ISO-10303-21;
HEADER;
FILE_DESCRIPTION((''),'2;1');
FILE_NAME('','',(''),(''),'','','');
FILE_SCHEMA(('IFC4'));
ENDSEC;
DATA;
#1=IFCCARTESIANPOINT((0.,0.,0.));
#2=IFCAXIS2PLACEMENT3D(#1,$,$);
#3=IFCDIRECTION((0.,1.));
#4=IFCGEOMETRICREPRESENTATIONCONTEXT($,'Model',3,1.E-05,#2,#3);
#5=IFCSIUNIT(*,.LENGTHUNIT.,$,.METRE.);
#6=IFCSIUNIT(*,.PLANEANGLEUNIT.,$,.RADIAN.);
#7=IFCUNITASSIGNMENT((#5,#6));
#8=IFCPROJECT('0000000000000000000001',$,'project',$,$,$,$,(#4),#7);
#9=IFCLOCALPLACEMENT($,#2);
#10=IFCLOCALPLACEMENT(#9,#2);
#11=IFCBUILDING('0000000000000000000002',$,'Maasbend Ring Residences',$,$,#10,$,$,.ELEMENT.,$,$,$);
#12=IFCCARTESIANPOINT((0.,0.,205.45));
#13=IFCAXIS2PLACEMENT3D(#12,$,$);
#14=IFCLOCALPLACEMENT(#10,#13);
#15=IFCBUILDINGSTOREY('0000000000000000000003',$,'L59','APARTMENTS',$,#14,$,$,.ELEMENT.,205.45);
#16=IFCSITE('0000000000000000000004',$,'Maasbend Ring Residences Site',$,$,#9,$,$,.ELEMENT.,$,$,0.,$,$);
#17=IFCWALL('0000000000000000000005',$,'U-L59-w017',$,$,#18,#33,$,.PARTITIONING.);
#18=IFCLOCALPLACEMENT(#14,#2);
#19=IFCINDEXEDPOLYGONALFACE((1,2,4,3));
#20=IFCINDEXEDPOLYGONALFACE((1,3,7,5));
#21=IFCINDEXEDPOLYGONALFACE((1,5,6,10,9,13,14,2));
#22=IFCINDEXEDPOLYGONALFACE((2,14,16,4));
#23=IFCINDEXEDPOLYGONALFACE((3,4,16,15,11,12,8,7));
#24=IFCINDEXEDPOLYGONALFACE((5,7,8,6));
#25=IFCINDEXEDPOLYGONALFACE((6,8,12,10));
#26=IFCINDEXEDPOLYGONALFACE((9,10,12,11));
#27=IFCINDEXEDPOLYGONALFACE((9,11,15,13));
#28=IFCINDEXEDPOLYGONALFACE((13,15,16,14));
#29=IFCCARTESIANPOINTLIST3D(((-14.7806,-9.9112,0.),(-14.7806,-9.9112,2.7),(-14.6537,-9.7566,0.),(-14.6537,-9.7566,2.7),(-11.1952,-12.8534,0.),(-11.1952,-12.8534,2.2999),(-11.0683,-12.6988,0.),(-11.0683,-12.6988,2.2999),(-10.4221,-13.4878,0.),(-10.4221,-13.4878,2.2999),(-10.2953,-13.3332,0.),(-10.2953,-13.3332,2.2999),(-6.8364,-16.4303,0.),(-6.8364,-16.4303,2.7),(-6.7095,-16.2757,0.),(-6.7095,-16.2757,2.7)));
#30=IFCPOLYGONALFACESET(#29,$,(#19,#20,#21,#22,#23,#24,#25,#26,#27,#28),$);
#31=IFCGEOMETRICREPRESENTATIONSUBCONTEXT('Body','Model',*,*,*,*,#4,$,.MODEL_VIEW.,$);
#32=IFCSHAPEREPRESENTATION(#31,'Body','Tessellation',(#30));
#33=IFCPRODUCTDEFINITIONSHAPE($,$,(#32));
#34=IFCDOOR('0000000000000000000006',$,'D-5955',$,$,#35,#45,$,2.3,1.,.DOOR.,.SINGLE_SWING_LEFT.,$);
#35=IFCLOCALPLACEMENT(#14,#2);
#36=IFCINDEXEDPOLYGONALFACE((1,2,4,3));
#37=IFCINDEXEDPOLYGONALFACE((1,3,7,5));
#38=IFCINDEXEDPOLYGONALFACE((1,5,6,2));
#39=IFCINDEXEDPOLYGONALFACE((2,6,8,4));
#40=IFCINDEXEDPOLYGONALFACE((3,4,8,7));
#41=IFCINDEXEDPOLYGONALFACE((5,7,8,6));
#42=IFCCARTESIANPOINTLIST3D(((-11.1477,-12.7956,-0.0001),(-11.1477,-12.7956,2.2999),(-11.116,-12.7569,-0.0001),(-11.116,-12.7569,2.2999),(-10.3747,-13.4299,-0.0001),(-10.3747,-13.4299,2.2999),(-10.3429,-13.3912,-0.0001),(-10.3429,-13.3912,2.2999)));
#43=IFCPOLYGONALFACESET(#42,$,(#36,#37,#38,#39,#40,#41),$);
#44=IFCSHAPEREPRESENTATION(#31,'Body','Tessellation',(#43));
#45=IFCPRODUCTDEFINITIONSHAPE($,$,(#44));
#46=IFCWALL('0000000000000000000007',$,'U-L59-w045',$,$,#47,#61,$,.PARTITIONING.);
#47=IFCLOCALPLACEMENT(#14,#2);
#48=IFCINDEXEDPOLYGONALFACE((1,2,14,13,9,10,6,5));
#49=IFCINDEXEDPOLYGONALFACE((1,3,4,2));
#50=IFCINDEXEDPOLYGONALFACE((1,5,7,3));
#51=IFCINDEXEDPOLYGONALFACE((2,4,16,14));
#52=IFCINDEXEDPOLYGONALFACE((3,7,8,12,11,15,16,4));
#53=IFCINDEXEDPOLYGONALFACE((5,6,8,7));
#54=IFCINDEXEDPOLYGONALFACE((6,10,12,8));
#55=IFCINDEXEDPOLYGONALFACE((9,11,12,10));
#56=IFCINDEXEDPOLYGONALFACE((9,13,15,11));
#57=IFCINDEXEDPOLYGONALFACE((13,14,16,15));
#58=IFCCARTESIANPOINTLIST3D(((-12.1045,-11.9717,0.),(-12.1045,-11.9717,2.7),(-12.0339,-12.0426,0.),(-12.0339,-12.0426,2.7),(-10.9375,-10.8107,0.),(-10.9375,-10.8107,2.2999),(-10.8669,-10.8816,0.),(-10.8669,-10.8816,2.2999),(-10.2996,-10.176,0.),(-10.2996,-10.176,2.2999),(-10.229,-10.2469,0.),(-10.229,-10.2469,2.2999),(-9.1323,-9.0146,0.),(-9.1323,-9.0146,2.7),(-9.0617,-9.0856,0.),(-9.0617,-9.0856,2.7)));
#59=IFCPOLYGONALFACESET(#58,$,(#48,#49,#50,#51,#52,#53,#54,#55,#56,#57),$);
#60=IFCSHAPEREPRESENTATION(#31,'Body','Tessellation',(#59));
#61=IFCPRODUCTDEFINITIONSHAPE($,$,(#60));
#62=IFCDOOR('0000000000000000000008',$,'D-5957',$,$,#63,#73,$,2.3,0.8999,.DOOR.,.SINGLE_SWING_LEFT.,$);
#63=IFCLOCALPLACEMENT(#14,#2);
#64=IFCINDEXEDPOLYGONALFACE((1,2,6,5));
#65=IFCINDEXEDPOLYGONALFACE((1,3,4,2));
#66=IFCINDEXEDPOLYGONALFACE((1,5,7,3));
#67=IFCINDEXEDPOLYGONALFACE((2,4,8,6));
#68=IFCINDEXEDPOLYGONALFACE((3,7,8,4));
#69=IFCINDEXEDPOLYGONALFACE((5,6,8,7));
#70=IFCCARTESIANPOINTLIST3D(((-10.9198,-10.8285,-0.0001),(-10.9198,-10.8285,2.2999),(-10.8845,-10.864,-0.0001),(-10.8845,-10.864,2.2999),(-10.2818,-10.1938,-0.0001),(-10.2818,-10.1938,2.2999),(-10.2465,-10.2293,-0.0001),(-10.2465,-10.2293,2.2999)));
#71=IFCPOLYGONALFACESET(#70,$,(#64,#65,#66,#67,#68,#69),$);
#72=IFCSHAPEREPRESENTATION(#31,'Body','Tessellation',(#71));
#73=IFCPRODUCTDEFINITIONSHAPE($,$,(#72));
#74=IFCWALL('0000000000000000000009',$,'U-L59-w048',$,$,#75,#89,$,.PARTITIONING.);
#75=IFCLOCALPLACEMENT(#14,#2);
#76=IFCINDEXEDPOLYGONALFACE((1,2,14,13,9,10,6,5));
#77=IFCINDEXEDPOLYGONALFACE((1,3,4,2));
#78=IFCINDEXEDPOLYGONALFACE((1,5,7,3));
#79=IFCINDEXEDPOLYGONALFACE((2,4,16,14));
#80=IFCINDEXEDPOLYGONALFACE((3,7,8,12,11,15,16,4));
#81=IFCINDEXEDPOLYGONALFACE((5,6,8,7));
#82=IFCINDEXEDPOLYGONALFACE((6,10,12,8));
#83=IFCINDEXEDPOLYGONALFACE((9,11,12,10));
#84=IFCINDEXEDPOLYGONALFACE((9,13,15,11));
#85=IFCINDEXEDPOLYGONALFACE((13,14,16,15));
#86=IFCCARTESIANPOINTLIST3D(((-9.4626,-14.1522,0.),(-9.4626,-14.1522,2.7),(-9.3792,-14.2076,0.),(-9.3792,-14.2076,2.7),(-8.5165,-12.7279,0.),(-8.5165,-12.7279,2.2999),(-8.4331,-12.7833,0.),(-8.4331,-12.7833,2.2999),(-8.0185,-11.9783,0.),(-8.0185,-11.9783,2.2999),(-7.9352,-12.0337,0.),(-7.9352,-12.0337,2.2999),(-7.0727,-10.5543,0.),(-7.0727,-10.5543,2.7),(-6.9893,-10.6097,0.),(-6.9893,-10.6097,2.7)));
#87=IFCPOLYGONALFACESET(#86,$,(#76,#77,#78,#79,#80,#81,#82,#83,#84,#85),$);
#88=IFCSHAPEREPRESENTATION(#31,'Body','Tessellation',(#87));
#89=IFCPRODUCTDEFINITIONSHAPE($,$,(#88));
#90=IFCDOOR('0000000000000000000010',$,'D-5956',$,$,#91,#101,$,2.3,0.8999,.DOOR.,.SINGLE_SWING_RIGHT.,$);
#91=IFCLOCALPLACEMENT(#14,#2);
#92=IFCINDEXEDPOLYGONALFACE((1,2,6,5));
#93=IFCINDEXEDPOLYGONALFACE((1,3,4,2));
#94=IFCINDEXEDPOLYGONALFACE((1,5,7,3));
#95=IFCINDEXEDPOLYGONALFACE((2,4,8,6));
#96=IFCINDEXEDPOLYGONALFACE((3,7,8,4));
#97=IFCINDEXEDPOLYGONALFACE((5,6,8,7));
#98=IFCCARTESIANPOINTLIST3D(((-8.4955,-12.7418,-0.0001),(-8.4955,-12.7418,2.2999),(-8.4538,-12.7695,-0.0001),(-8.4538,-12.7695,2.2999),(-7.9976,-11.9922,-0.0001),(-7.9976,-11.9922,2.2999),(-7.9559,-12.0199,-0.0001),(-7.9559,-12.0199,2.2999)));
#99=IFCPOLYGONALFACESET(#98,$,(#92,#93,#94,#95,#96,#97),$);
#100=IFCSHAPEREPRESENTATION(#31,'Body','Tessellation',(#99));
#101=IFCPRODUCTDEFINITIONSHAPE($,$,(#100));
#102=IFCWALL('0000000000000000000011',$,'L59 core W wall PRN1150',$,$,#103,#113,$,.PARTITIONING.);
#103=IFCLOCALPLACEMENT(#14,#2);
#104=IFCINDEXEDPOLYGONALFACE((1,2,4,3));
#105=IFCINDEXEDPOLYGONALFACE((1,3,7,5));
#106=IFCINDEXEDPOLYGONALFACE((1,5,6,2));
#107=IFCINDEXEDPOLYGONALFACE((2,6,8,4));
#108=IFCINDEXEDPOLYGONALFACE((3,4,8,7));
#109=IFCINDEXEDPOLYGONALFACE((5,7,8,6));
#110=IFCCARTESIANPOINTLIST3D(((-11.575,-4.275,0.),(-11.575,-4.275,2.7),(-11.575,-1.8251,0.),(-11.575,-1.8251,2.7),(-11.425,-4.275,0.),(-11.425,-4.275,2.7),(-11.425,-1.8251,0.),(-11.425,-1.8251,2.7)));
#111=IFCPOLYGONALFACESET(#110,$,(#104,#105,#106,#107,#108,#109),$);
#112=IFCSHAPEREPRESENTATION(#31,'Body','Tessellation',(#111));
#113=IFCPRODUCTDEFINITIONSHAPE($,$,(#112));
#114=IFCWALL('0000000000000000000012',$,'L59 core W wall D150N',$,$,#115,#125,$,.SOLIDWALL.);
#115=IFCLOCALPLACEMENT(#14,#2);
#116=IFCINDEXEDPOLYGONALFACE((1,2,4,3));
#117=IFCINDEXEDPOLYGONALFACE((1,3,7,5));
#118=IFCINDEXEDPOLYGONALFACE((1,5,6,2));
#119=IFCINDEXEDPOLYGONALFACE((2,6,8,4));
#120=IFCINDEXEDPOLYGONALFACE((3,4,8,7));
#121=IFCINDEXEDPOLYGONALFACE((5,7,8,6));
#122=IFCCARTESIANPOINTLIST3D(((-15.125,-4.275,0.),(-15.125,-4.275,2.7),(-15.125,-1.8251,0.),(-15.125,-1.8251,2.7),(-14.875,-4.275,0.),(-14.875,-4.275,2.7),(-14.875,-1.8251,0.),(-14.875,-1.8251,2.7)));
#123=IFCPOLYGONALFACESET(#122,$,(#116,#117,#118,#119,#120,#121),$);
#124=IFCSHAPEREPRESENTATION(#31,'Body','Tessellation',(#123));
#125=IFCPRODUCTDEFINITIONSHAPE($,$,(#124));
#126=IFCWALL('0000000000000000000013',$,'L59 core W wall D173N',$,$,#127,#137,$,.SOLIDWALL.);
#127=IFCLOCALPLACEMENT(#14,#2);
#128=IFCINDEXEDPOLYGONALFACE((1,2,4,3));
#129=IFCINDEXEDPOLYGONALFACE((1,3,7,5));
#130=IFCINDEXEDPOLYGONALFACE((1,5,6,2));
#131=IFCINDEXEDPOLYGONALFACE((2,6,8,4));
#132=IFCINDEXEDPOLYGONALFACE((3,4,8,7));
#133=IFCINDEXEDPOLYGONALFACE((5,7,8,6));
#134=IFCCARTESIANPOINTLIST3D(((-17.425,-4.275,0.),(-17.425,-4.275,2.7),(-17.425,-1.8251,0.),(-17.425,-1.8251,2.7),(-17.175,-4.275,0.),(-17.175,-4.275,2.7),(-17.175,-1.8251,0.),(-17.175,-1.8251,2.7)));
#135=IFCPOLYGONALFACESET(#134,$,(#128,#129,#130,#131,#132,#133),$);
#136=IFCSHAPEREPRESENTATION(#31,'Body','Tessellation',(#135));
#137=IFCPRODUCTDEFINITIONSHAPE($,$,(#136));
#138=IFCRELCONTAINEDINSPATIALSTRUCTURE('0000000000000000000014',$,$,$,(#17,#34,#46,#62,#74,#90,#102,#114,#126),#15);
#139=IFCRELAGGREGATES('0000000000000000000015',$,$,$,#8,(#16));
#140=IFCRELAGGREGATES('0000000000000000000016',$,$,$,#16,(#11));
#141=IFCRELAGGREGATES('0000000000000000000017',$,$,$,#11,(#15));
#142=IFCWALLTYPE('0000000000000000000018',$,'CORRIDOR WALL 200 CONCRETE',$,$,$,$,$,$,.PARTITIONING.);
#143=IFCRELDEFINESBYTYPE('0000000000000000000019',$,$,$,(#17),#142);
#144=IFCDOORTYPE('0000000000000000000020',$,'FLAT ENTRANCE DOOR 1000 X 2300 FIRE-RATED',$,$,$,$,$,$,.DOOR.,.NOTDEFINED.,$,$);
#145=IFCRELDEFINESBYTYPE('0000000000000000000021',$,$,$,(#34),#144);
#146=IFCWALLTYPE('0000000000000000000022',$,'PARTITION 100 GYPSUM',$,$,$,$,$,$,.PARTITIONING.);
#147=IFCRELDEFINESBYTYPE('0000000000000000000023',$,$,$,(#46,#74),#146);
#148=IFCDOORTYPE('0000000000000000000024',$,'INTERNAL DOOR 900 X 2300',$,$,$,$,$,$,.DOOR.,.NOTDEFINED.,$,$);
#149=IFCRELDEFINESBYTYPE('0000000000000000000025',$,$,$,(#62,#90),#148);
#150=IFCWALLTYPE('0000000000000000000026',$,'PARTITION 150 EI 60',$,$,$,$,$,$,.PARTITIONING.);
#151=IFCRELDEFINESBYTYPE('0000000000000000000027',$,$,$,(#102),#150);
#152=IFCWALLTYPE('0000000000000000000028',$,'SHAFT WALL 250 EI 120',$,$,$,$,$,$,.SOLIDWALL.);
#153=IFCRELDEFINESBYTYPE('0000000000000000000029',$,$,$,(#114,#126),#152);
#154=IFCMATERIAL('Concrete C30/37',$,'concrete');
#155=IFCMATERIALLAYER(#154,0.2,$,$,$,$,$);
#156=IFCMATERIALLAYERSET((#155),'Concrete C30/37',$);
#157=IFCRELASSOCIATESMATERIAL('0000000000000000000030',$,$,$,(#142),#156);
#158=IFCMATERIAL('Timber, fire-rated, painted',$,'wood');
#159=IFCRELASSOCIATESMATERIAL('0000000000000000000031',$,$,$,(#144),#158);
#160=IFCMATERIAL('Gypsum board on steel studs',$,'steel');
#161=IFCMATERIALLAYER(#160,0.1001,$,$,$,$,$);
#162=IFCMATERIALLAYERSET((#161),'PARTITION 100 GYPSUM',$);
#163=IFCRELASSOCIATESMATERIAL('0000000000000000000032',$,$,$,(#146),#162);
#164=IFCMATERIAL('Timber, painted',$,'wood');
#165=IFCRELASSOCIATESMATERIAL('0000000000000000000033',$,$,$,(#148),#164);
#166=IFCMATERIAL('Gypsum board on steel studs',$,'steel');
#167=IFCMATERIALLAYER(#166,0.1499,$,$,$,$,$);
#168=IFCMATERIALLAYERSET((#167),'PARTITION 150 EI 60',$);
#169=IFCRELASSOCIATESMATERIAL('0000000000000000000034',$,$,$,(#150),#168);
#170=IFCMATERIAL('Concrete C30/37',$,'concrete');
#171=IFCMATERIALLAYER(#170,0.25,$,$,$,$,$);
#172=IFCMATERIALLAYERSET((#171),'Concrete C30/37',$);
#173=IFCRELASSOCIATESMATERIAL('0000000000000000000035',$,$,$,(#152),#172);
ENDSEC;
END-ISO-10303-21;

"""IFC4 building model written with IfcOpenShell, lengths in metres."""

from ifc_helpers import new_model, si_unit, direction, frame, frame_2d, origin, place, context, subcontext, project, spatial, rectangle, extrude, material, layer, layer_set, type_object, element, fill, save


model = new_model("IFC4")

# Units and contexts
model_context = context("Model", 3, precision=1e-05, world=origin(), true_north=direction((0.0, 1.0)))
body_context = subcontext(model_context, "Body", "Model", "MODEL_VIEW")
ifc_project = project(units=[si_unit("LENGTHUNIT", "METRE"), si_unit("PLANEANGLEUNIT", "RADIAN")], contexts=[model_context])

# Site, building, storey
site_placement = place(None, origin())
site = spatial("IfcSite", under=ifc_project, at=site_placement, Name="Maasbend Ring Residences Site", CompositionType="ELEMENT", RefElevation=0.0)
building_placement = place(site_placement, origin())
building = spatial("IfcBuilding", under=site, at=building_placement, Name="Maasbend Ring Residences", CompositionType="ELEMENT")
storey_placement = place(building_placement, frame((0.0, 0.0, 205.45)))
storey = spatial("IfcBuildingStorey", under=building, at=storey_placement, Name="L59", Description="APARTMENTS", CompositionType="ELEMENT", Elevation=205.45)

# Walls, openings, doors
ifc_material_1 = material(Name="Concrete C30/37", Category="concrete")
ifc_layer_1 = layer(ifc_material_1, 0.2)
ifc_layer_set_1 = layer_set([ifc_layer_1], Name="Concrete C30/37")
wall_type_1 = type_object("IfcWallType", Name="CORRIDOR WALL 200 CONCRETE", PredefinedType="PARTITIONING", material=ifc_layer_set_1)
ifc_material_2 = material(Name="Timber, fire-rated, painted", Category="wood")
door_type_1 = type_object("IfcDoorType", Name="FLAT ENTRANCE DOOR 1000 X 2300 FIRE-RATED", OperationType="NOTDEFINED", PredefinedType="DOOR", material=ifc_material_2)
wall_1_placement = place(storey_placement, frame((-14.717, -9.834, 0.0), z_axis=(0.0, 0.0, 1.0), x_axis=(0.773035, -0.634364, 0.0)))
wall_1 = element("IfcWall", 1, at=wall_1_placement, inside=storey, type_object=wall_type_1, Name="U-L59-w017", PredefinedType="PARTITIONING", context=body_context, shape_type="SweptSolid", body=[
    extrude(rectangle(XDim=10.2766, YDim=0.2, at=frame_2d((5.1382, 0.0))), origin(), (0.0, 0.0, 1.0), 2.7),
])
opening_1_placement = place(wall_1_placement, frame((4.6379, 0.0, 0.0)))
opening_1 = element("IfcOpeningElement", 2, at=opening_1_placement, cuts=wall_1, PredefinedType="OPENING", context=body_context, shape_type="SweptSolid", body=[
    extrude(rectangle(XDim=1.0, YDim=2.3, at=frame_2d((0.5, 1.1499))), frame((0.0, 0.1099, 0.0), z_axis=(0.0, -1.0, 0.0), x_axis=(1.0, 0.0, 0.0)), (0.0, 0.0, 1.0), 0.22),
])
door_1_placement = place(opening_1_placement, origin())
door_1 = element("IfcDoor", 3, at=door_1_placement, inside=storey, type_object=door_type_1, Name="D-5955", OperationType="SINGLE_SWING_LEFT", OverallHeight=2.3, OverallWidth=1.0, PredefinedType="DOOR", context=body_context, shape_type="SweptSolid", body=[
    extrude(rectangle(XDim=1.0, YDim=2.3, at=frame_2d((0.5, 1.1499))), frame((0.0, 0.0249, 0.0), z_axis=(0.0, -1.0, 0.0), x_axis=(1.0, 0.0, 0.0)), (0.0, 0.0, 1.0), 0.05),
])
fill(opening_1, door_1)
ifc_material_3 = material(Name="Gypsum board on steel studs", Category="steel")
ifc_layer_2 = layer(ifc_material_3, 0.1001)
ifc_layer_set_2 = layer_set([ifc_layer_2], Name="PARTITION 100 GYPSUM")
wall_type_2 = type_object("IfcWallType", Name="PARTITION 100 GYPSUM", PredefinedType="PARTITIONING", material=ifc_layer_set_2)
wall_2_placement = place(storey_placement, frame((-12.0691, -12.0071, 0.0), z_axis=(0.0, 0.0, 1.0), x_axis=(0.70891, 0.705299, 0.0)))
wall_2 = element("IfcWall", 4, at=wall_2_placement, inside=storey, type_object=wall_type_2, Name="U-L59-w045", PredefinedType="PARTITIONING", context=body_context, shape_type="SweptSolid", body=[
    extrude(rectangle(XDim=4.1926, YDim=0.1001, at=frame_2d((2.0962, 0.0))), origin(), (0.0, 0.0, 1.0), 2.7),
])
opening_2_placement = place(wall_2_placement, frame((1.646, 0.0, 0.0)))
opening_2 = element("IfcOpeningElement", 5, at=opening_2_placement, cuts=wall_2, PredefinedType="OPENING", context=body_context, shape_type="SweptSolid", body=[
    extrude(rectangle(XDim=0.8999, YDim=2.3, at=frame_2d((0.45, 1.1499))), frame((0.0, 0.0601, 0.0), z_axis=(0.0, -1.0, 0.0), x_axis=(1.0, 0.0, 0.0)), (0.0, 0.0, 1.0), 0.1201),
])
ifc_material_4 = material(Name="Timber, painted", Category="wood")
door_type_2 = type_object("IfcDoorType", Name="INTERNAL DOOR 900 X 2300", OperationType="NOTDEFINED", PredefinedType="DOOR", material=ifc_material_4)
door_2_placement = place(opening_2_placement, origin())
door_2 = element("IfcDoor", 6, at=door_2_placement, inside=storey, type_object=door_type_2, Name="D-5957", OperationType="SINGLE_SWING_LEFT", OverallHeight=2.3, OverallWidth=0.8999, PredefinedType="DOOR", context=body_context, shape_type="SweptSolid", body=[
    extrude(rectangle(XDim=0.8999, YDim=2.3, at=frame_2d((0.45, 1.1499))), frame((0.0, 0.0249, 0.0), z_axis=(0.0, -1.0, 0.0), x_axis=(1.0, 0.0, 0.0)), (0.0, 0.0, 1.0), 0.05),
])
fill(opening_2, door_2)
wall_3_placement = place(storey_placement, frame((-9.4209, -14.1799, 0.0), z_axis=(0.0, 0.0, 1.0), x_axis=(0.553304, 0.83298, 0.0)))
wall_3 = element("IfcWall", 7, at=wall_3_placement, inside=storey, type_object=wall_type_2, Name="U-L59-w048", PredefinedType="PARTITIONING", context=body_context, shape_type="SweptSolid", body=[
    extrude(rectangle(XDim=4.3193, YDim=0.1001, at=frame_2d((2.1597, 0.0))), origin(), (0.0, 0.0, 1.0), 2.7),
])
opening_3_placement = place(wall_3_placement, frame((1.71, 0.0, 0.0)))
opening_3 = element("IfcOpeningElement", 8, at=opening_3_placement, cuts=wall_3, PredefinedType="OPENING", context=body_context, shape_type="SweptSolid", body=[
    extrude(rectangle(XDim=0.8999, YDim=2.3, at=frame_2d((0.45, 1.1499))), frame((0.0, 0.0601, 0.0), z_axis=(0.0, -1.0, 0.0), x_axis=(1.0, 0.0, 0.0)), (0.0, 0.0, 1.0), 0.1201),
])
door_3_placement = place(opening_3_placement, origin())
door_3 = element("IfcDoor", 9, at=door_3_placement, inside=storey, type_object=door_type_2, Name="D-5956", OperationType="SINGLE_SWING_RIGHT", OverallHeight=2.3, OverallWidth=0.8999, PredefinedType="DOOR", context=body_context, shape_type="SweptSolid", body=[
    extrude(rectangle(XDim=0.8999, YDim=2.3, at=frame_2d((0.45, 1.1499))), frame((0.0, 0.0249, 0.0), z_axis=(0.0, -1.0, 0.0), x_axis=(1.0, 0.0, 0.0)), (0.0, 0.0, 1.0), 0.05),
])
fill(opening_3, door_3)

# Walls
ifc_material_5 = material(Name="Gypsum board on steel studs", Category="steel")
ifc_layer_3 = layer(ifc_material_5, 0.1499)
ifc_layer_set_3 = layer_set([ifc_layer_3], Name="PARTITION 150 EI 60")
wall_type_3 = type_object("IfcWallType", Name="PARTITION 150 EI 60", PredefinedType="PARTITIONING", material=ifc_layer_set_3)
wall_4_placement = place(storey_placement, frame((-11.5, -1.825, 0.0), z_axis=(0.0, 0.0, 1.0), x_axis=(0.0, -1.0, 0.0)))
element("IfcWall", 10, at=wall_4_placement, inside=storey, type_object=wall_type_3, Name="L59 core W wall PRN1150", PredefinedType="PARTITIONING", context=body_context, shape_type="SweptSolid", body=[
    extrude(rectangle(XDim=2.45, YDim=0.1499, at=frame_2d((1.2251, 0.0))), origin(), (0.0, 0.0, 1.0), 2.7),
])
ifc_material_6 = material(Name="Concrete C30/37", Category="concrete")
ifc_layer_4 = layer(ifc_material_6, 0.25)
ifc_layer_set_4 = layer_set([ifc_layer_4], Name="Concrete C30/37")
wall_type_4 = type_object("IfcWallType", Name="SHAFT WALL 250 EI 120", PredefinedType="SOLIDWALL", material=ifc_layer_set_4)
for number, where, z_axis, x_axis, name in (
    (11, (-15.0, -1.825, 0.0), (0.0, 0.0, 1.0), (0.0, -1.0, 0.0), "L59 core W wall D150N"),
    (12, (-17.3, -1.825, 0.0), (0.0, 0.0, 1.0), (0.0, -1.0, 0.0), "L59 core W wall D173N"),
):
    element("IfcWall", number, at=place(storey_placement, frame(where, z_axis=z_axis, x_axis=x_axis)), inside=storey, type_object=wall_type_4, Name=name, PredefinedType="SOLIDWALL", context=body_context, shape_type="SweptSolid", body=[
        extrude(rectangle(XDim=2.45, YDim=0.25, at=frame_2d((1.2251, 0.0))), origin(), (0.0, 0.0, 1.0), 2.7),
    ])

save(model, "model.ifc")
